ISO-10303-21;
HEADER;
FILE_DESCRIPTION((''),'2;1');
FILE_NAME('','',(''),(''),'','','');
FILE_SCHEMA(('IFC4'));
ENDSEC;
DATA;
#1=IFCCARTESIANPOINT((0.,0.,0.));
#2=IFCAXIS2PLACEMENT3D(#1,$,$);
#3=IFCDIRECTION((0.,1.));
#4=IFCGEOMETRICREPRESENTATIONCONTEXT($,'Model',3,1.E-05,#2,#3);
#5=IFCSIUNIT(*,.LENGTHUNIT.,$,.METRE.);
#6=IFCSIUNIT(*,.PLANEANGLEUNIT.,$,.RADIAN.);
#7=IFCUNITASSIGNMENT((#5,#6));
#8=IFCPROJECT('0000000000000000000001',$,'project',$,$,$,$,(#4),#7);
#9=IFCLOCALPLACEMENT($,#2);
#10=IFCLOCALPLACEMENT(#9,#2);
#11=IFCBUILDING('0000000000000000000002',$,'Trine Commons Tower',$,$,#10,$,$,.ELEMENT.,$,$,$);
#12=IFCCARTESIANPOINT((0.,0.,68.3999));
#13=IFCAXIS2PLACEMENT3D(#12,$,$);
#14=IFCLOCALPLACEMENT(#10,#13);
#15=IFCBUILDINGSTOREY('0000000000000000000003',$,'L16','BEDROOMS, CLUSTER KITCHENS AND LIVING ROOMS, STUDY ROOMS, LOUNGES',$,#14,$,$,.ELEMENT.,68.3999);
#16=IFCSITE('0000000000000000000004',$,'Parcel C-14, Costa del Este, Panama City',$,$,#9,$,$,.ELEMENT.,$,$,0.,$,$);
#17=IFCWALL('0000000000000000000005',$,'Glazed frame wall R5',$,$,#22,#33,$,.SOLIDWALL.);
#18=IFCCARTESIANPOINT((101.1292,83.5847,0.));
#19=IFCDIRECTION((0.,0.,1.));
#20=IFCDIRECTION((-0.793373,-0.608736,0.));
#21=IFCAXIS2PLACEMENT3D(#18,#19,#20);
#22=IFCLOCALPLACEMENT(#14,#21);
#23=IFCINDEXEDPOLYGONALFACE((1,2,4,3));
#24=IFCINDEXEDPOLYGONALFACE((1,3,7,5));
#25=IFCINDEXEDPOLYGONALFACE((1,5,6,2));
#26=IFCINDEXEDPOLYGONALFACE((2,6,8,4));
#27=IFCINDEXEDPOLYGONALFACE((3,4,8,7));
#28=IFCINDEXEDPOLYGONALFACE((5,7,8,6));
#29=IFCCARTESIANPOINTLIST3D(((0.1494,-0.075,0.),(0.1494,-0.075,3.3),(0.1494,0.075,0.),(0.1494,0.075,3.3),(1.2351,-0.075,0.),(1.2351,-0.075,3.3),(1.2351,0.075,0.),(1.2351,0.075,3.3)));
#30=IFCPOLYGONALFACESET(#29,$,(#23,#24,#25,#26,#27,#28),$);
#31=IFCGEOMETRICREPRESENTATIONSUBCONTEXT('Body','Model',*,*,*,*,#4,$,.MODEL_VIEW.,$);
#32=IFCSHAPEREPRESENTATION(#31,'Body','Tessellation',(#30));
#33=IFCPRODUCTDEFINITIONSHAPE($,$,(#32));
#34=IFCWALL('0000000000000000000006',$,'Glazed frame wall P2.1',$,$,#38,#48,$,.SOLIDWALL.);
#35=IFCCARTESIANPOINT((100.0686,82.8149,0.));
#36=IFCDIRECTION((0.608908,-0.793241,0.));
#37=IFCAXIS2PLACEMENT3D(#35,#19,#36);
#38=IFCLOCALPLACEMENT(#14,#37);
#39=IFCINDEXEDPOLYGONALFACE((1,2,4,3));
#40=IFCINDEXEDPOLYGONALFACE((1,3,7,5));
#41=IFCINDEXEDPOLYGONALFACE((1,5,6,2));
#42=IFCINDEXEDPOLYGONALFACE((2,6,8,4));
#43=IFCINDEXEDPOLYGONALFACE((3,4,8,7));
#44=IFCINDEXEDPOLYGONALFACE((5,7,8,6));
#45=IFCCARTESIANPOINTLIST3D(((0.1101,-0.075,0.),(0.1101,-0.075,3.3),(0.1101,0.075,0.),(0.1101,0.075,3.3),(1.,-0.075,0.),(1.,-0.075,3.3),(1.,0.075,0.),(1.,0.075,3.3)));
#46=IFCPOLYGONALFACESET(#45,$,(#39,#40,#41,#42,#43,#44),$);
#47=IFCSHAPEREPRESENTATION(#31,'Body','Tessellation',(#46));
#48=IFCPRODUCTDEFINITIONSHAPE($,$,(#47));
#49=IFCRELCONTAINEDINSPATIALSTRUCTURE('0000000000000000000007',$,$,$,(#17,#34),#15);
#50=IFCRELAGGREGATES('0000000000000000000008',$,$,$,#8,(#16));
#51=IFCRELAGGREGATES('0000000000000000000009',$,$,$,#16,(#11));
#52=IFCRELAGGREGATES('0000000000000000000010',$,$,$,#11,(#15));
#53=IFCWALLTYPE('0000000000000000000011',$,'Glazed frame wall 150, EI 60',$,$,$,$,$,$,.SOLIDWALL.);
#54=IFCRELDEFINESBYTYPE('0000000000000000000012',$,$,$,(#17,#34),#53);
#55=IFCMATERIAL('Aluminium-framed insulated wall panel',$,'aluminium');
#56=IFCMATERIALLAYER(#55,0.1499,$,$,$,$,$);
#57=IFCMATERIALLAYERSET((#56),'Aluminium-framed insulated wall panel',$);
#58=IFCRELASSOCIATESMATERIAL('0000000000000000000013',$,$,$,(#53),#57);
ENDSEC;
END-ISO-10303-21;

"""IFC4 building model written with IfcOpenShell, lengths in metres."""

from ifc_helpers import new_model, si_unit, direction, frame, origin, place, context, subcontext, project, spatial, polyline, outline, extrude, material, layer, layer_set, type_object, element, save


model = new_model("IFC4")

# Units and contexts
model_context = context("Model", 3, precision=1e-05, world=origin(), true_north=direction((0.0, 1.0)))
body_context = subcontext(model_context, "Body", "Model", "MODEL_VIEW")
ifc_project = project(units=[si_unit("LENGTHUNIT", "METRE"), si_unit("PLANEANGLEUNIT", "RADIAN")], contexts=[model_context])

# Site, building, storey
site_placement = place(None, origin())
site = spatial("IfcSite", under=ifc_project, at=site_placement, Name="Parcel C-14, Costa del Este, Panama City", CompositionType="ELEMENT", RefElevation=0.0)
building_placement = place(site_placement, origin())
building = spatial("IfcBuilding", under=site, at=building_placement, Name="Trine Commons Tower", CompositionType="ELEMENT")
storey_placement = place(building_placement, frame((0.0, 0.0, 68.3999)))
storey = spatial("IfcBuildingStorey", under=building, at=storey_placement, Name="L16", Description="BEDROOMS, CLUSTER KITCHENS AND LIVING ROOMS, STUDY ROOMS, LOUNGES", CompositionType="ELEMENT", Elevation=68.3999)

# Walls
ifc_material_1 = material(Name="Aluminium-framed insulated wall panel", Category="aluminium")
ifc_layer_1 = layer(ifc_material_1, 0.1499)
ifc_layer_set_1 = layer_set([ifc_layer_1], Name="Aluminium-framed insulated wall panel")
wall_type_1 = type_object("IfcWallType", Name="Glazed frame wall 150, EI 60", PredefinedType="SOLIDWALL", material=ifc_layer_set_1)
wall_1_placement = place(storey_placement, frame((101.1292, 83.5847, 0.0), z_axis=(0.0, 0.0, 1.0), x_axis=(-0.793373, -0.608736, 0.0)))
element("IfcWall", 1, at=wall_1_placement, inside=storey, type_object=wall_type_1, Name="Glazed frame wall R5", PredefinedType="SOLIDWALL", context=body_context, shape_type="SweptSolid", body=[
    extrude(outline(polyline([(0.1494, 0.075), (0.1494, -0.075), (1.2351, -0.075), (1.2351, 0.075), (0.1494, 0.075)])), origin(), (0.0, 0.0, 1.0), 3.3),
])
wall_2_placement = place(storey_placement, frame((100.0686, 82.8149, 0.0), z_axis=(0.0, 0.0, 1.0), x_axis=(0.608908, -0.793241, 0.0)))
element("IfcWall", 2, at=wall_2_placement, inside=storey, type_object=wall_type_1, Name="Glazed frame wall P2.1", PredefinedType="SOLIDWALL", context=body_context, shape_type="SweptSolid", body=[
    extrude(outline(polyline([(0.1101, -0.075), (1.0, -0.075), (1.0, 0.075), (0.1101, 0.075), (0.1101, -0.075)])), origin(), (0.0, 0.0, 1.0), 3.3),
])

save(model, "model.ifc")
